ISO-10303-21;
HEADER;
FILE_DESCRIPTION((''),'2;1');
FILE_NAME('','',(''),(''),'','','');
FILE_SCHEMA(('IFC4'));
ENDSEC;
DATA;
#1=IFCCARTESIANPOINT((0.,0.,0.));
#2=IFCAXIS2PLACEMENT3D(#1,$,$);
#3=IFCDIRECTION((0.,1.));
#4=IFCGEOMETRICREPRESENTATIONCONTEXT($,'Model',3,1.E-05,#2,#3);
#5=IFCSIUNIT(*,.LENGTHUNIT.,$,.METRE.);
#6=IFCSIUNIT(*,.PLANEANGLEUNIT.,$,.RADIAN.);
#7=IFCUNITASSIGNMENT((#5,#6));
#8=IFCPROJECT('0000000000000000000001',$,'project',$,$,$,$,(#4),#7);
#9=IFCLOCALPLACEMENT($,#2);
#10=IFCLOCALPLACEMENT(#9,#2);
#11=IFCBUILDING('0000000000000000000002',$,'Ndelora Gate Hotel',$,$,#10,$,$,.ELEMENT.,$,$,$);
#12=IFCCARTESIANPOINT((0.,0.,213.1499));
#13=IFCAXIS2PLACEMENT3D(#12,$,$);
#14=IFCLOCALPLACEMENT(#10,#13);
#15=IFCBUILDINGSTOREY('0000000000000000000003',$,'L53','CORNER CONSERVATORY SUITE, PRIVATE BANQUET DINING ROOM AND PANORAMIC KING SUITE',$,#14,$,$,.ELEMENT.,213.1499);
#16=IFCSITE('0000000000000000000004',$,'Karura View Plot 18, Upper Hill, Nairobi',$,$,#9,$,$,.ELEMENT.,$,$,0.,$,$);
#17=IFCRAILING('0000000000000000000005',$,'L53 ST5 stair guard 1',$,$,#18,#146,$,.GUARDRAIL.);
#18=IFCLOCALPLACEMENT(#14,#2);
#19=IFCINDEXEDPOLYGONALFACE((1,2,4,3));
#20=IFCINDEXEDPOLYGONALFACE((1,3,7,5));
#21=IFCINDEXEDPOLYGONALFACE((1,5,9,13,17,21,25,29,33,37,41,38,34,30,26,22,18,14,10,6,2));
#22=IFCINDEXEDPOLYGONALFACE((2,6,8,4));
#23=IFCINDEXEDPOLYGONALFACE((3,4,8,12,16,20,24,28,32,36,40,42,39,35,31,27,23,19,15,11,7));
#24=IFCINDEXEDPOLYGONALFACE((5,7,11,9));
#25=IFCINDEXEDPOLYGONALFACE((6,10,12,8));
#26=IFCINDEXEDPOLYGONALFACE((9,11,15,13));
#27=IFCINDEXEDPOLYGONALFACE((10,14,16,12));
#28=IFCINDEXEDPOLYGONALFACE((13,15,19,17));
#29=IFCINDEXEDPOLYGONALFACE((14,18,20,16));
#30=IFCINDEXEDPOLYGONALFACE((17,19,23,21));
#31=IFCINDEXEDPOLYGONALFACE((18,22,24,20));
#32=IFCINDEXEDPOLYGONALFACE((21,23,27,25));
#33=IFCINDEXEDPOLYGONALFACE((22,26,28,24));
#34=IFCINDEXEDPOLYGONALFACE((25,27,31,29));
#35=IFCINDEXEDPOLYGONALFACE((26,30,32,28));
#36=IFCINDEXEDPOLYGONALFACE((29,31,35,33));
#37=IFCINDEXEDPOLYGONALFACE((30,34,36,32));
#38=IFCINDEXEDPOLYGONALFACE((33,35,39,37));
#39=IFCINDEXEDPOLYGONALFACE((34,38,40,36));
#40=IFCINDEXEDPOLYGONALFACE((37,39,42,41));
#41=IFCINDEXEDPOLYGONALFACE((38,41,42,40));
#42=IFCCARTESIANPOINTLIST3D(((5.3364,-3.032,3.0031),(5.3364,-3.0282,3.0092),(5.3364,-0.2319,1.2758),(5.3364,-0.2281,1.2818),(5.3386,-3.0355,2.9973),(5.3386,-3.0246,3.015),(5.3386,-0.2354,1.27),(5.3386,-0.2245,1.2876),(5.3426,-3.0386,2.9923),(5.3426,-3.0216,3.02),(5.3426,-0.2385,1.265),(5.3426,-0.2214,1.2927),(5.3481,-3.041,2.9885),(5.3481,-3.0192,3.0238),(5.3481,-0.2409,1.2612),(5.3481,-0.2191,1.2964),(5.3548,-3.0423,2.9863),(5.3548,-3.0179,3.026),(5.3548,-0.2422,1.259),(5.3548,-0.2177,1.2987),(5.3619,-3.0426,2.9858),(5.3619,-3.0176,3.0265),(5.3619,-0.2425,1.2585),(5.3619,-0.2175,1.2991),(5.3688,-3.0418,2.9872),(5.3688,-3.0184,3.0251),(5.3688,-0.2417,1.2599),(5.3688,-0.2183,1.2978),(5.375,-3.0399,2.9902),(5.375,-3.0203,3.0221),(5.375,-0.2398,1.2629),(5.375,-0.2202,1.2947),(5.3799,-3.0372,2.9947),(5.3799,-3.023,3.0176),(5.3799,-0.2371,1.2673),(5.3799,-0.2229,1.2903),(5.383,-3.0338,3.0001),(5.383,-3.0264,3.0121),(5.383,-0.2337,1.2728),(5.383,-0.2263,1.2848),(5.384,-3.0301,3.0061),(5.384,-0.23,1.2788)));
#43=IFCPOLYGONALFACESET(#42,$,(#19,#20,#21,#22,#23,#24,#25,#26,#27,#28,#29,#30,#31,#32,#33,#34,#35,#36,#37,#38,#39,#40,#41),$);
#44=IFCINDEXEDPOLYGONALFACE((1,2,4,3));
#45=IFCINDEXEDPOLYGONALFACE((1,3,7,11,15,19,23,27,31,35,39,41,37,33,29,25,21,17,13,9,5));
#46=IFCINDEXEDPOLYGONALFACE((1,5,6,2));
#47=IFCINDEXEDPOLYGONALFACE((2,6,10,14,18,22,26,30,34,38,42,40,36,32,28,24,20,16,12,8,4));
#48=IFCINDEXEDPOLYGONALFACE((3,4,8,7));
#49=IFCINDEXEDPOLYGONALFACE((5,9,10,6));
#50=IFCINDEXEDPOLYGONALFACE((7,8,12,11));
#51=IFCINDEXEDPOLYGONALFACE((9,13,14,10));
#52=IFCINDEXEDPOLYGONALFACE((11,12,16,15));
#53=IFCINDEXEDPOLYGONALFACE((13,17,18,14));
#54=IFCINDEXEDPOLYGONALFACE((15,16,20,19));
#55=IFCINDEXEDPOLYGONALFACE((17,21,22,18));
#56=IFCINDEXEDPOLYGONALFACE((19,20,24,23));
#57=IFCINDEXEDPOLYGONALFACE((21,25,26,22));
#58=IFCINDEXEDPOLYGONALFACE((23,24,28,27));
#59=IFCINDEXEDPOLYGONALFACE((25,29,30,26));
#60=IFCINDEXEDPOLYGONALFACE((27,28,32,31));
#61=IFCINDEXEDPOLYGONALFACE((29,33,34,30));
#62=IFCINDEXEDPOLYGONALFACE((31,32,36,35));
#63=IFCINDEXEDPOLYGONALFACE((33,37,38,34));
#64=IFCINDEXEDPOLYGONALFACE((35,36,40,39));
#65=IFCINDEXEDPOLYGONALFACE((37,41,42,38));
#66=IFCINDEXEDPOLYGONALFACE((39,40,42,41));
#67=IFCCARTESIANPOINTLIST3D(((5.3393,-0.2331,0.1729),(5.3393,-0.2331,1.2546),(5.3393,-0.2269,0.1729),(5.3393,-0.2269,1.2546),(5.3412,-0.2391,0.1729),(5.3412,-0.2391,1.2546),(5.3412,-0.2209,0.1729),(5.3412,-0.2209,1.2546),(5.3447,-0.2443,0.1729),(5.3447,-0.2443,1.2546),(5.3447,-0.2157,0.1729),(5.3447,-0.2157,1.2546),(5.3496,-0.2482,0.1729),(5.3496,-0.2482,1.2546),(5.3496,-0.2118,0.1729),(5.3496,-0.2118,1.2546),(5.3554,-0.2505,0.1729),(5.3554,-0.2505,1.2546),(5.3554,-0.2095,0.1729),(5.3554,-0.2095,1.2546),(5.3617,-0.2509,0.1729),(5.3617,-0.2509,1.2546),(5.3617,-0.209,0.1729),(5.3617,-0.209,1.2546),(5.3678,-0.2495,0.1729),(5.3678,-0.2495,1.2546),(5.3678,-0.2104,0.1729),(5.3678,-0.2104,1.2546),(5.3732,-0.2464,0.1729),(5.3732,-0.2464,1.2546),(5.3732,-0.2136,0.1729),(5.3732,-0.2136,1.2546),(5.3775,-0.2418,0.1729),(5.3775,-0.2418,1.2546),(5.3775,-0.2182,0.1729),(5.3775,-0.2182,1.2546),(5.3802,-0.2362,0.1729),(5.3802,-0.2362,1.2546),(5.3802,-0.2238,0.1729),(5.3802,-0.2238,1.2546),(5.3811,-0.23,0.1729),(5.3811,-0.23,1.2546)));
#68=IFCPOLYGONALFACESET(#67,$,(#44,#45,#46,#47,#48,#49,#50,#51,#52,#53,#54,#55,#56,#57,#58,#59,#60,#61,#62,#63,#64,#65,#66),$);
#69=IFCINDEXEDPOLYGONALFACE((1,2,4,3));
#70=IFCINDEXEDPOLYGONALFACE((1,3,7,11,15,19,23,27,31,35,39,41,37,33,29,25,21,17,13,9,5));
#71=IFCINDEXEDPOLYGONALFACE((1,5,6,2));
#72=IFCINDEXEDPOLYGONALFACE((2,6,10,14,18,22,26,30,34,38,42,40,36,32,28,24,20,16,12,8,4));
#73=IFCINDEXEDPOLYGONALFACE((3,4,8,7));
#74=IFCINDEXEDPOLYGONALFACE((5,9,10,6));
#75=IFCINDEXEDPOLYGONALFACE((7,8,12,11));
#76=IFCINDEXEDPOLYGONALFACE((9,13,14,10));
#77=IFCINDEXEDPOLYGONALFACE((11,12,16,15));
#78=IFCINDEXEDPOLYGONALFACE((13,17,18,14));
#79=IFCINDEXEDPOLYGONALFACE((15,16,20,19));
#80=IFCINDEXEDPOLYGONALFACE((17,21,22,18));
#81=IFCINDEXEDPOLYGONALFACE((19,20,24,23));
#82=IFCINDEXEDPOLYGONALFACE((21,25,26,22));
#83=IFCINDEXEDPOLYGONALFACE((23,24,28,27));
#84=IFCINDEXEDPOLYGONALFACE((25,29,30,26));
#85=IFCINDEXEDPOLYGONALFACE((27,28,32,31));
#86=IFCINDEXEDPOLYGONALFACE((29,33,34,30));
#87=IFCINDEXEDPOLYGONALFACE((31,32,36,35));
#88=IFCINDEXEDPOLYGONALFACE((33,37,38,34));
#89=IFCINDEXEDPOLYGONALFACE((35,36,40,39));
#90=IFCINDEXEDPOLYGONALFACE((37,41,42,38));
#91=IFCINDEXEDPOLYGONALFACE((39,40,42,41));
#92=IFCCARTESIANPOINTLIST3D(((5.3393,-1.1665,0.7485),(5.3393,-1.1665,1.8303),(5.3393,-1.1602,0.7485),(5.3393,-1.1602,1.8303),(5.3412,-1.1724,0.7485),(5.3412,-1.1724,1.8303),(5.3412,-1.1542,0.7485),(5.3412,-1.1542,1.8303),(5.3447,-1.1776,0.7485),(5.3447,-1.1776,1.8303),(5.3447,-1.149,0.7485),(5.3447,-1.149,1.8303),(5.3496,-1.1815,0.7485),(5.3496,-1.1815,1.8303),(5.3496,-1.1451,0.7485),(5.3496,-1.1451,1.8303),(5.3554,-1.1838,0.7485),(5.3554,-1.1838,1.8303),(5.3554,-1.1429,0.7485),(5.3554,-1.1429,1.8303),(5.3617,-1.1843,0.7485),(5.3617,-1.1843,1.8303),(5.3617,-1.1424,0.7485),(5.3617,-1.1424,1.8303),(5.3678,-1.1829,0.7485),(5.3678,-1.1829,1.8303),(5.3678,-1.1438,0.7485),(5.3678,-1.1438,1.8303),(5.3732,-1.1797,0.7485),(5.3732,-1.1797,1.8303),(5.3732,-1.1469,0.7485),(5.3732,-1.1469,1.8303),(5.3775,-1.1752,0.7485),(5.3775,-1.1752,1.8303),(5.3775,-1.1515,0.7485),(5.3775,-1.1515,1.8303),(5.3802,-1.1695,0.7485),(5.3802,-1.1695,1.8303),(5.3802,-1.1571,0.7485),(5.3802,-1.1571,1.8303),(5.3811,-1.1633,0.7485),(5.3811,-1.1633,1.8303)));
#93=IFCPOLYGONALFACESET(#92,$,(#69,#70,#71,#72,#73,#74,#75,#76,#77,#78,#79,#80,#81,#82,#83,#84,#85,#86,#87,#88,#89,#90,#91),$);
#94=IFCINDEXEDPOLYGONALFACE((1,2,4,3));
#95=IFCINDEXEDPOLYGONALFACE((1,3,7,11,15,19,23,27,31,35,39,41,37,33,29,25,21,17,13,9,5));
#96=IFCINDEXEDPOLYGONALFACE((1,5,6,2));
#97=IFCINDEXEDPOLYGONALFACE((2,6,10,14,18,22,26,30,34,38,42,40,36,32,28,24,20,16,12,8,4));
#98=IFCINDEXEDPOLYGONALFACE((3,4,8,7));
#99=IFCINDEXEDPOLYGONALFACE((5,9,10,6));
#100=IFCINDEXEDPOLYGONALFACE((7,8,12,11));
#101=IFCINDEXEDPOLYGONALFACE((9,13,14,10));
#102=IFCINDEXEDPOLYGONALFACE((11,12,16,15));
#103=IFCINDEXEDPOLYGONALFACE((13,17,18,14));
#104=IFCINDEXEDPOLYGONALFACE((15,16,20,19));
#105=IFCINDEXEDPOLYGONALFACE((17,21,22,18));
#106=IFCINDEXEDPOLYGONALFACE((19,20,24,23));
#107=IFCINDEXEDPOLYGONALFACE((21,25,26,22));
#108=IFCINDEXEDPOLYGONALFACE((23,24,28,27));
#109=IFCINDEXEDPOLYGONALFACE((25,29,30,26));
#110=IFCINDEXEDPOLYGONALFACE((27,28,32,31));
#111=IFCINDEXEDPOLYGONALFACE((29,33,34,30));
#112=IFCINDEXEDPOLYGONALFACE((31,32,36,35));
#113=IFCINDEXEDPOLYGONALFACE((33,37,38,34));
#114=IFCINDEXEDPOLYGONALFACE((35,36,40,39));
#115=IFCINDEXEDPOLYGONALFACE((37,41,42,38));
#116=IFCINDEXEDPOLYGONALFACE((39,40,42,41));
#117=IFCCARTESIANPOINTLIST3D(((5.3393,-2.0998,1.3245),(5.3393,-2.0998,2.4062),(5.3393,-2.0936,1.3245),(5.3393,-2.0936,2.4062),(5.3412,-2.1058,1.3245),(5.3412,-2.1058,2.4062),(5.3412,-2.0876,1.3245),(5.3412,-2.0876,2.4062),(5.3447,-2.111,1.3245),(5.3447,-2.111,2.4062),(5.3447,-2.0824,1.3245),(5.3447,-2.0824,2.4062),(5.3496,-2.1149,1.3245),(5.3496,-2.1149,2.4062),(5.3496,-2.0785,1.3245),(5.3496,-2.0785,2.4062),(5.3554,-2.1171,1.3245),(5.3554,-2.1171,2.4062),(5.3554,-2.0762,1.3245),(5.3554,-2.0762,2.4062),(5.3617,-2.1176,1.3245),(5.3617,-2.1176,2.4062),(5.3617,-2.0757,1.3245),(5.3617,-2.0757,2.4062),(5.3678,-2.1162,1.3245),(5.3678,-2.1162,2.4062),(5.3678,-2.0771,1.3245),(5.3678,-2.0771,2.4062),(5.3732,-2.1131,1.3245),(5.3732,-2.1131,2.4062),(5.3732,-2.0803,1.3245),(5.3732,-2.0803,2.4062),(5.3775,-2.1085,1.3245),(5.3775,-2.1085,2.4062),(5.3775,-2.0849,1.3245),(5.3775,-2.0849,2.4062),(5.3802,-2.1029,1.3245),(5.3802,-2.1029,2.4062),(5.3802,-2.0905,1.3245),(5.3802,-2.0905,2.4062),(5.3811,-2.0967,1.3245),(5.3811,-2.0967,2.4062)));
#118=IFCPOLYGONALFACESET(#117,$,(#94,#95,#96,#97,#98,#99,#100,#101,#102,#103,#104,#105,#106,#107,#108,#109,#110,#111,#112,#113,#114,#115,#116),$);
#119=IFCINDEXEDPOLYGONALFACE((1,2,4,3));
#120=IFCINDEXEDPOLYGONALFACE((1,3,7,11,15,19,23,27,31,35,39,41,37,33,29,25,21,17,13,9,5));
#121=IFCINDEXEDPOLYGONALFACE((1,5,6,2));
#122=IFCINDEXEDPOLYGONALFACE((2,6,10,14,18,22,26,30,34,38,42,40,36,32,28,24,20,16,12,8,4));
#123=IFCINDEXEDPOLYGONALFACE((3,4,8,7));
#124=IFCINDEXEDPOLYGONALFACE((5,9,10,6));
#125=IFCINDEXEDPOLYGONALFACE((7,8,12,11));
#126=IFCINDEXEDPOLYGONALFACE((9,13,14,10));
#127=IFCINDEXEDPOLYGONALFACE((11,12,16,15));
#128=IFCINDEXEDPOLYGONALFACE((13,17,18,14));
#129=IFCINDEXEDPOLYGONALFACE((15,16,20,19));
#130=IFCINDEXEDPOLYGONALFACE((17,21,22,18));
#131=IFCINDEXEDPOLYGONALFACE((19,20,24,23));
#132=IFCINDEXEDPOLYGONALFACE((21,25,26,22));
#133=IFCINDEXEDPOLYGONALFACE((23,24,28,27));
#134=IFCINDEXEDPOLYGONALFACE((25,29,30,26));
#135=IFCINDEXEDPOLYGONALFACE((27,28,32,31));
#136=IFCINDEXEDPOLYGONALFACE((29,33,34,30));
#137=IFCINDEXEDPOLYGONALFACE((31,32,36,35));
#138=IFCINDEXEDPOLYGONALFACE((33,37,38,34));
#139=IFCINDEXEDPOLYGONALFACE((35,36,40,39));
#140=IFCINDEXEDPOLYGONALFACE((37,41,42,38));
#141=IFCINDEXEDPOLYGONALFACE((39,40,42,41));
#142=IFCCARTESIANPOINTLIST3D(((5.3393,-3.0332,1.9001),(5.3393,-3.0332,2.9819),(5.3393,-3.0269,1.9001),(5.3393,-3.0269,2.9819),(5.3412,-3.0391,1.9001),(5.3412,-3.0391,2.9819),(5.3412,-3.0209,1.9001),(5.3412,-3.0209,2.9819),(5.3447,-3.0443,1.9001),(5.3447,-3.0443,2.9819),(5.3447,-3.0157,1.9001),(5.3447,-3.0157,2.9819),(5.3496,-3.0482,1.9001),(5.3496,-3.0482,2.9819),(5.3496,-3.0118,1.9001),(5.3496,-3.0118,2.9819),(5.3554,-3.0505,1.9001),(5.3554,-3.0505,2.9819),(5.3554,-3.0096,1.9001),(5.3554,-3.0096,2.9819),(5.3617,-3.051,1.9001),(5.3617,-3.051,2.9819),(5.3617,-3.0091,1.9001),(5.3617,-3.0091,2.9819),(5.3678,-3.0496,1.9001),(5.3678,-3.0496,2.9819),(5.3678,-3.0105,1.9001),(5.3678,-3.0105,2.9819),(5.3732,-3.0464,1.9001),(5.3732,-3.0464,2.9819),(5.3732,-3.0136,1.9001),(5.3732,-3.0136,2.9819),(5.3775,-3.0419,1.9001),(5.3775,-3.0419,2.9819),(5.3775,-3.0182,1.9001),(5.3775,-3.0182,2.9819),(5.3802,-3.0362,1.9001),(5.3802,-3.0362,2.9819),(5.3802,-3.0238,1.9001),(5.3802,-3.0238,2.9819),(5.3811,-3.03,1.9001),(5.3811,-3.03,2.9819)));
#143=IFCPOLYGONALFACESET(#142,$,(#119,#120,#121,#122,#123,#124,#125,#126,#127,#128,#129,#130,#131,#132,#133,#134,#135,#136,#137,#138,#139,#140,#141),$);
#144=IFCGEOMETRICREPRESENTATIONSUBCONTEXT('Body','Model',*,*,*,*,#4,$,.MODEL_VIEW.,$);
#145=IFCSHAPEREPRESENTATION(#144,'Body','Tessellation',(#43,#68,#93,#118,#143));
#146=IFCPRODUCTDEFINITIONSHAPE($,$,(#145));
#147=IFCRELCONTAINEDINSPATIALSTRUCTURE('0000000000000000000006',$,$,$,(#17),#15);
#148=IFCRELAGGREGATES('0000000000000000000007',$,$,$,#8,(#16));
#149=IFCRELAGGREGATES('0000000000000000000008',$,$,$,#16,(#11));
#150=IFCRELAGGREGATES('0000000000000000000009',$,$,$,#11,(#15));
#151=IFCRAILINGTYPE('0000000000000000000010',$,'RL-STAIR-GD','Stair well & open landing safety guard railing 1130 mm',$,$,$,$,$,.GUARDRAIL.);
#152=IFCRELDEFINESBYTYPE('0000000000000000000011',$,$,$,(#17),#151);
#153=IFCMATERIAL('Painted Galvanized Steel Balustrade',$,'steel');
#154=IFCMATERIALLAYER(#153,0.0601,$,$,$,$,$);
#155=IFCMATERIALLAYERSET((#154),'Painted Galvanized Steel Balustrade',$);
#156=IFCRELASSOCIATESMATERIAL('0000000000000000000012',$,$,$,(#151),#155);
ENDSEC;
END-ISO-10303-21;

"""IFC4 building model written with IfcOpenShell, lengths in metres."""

from ifc_helpers import new_model, si_unit, direction, frame, origin, origin_2d, place, context, subcontext, project, spatial, circle, extrude, material, layer, layer_set, type_object, element, save


model = new_model("IFC4")

# Units and contexts
model_context = context("Model", 3, precision=1e-05, world=origin(), true_north=direction((0.0, 1.0)))
body_context = subcontext(model_context, "Body", "Model", "MODEL_VIEW")
ifc_project = project(units=[si_unit("LENGTHUNIT", "METRE"), si_unit("PLANEANGLEUNIT", "RADIAN")], contexts=[model_context])

# Site, building, storey
site_placement = place(None, origin())
site = spatial("IfcSite", under=ifc_project, at=site_placement, Name="Karura View Plot 18, Upper Hill, Nairobi", CompositionType="ELEMENT", RefElevation=0.0)
building_placement = place(site_placement, origin())
building = spatial("IfcBuilding", under=site, at=building_placement, Name="Ndelora Gate Hotel", CompositionType="ELEMENT")
storey_placement = place(building_placement, frame((0.0, 0.0, 213.1499)))
storey = spatial("IfcBuildingStorey", under=building, at=storey_placement, Name="L53", Description="CORNER CONSERVATORY SUITE, PRIVATE BANQUET DINING ROOM AND PANORAMIC KING SUITE", CompositionType="ELEMENT", Elevation=213.1499)

# Railing
ifc_material_1 = material(Name="Painted Galvanized Steel Balustrade", Category="steel")
ifc_layer_1 = layer(ifc_material_1, 0.0601)
ifc_layer_set_1 = layer_set([ifc_layer_1], Name="Painted Galvanized Steel Balustrade")
railing_type_1 = type_object("IfcRailingType", Name="RL-STAIR-GD", Description="Stair well & open landing safety guard railing 1130 mm", PredefinedType="GUARDRAIL", material=ifc_layer_set_1)
railing_1_placement = place(storey_placement, frame((5.3601, -0.23, 0.1729)))
element("IfcRailing", 1, at=railing_1_placement, inside=storey, type_object=railing_type_1, Name="L53 ST5 stair guard 1", PredefinedType="GUARDRAIL", context=body_context, shape_type="SweptSolid", body=[
    extrude(circle(Radius=0.0239, at=origin_2d()), frame((0.0, 0.0, 1.106), z_axis=(0.0, -0.85109, 0.52502), x_axis=(1.0, 0.0, 0.0)), (0.0, 0.0, 1.0), 3.29),
    extrude(circle(Radius=0.021, at=origin_2d()), origin(), (0.0, 0.0, 1.0), 1.0818),
    extrude(circle(Radius=0.021, at=origin_2d()), frame((0.0, -0.9333, 0.5757)), (0.0, 0.0, 1.0), 1.0818),
    extrude(circle(Radius=0.021, at=origin_2d()), frame((0.0, -1.8667, 1.1516)), (0.0, 0.0, 1.0), 1.0818),
    extrude(circle(Radius=0.021, at=origin_2d()), frame((0.0, -2.8, 1.7273)), (0.0, 0.0, 1.0), 1.0818),
])

save(model, "model.ifc")
